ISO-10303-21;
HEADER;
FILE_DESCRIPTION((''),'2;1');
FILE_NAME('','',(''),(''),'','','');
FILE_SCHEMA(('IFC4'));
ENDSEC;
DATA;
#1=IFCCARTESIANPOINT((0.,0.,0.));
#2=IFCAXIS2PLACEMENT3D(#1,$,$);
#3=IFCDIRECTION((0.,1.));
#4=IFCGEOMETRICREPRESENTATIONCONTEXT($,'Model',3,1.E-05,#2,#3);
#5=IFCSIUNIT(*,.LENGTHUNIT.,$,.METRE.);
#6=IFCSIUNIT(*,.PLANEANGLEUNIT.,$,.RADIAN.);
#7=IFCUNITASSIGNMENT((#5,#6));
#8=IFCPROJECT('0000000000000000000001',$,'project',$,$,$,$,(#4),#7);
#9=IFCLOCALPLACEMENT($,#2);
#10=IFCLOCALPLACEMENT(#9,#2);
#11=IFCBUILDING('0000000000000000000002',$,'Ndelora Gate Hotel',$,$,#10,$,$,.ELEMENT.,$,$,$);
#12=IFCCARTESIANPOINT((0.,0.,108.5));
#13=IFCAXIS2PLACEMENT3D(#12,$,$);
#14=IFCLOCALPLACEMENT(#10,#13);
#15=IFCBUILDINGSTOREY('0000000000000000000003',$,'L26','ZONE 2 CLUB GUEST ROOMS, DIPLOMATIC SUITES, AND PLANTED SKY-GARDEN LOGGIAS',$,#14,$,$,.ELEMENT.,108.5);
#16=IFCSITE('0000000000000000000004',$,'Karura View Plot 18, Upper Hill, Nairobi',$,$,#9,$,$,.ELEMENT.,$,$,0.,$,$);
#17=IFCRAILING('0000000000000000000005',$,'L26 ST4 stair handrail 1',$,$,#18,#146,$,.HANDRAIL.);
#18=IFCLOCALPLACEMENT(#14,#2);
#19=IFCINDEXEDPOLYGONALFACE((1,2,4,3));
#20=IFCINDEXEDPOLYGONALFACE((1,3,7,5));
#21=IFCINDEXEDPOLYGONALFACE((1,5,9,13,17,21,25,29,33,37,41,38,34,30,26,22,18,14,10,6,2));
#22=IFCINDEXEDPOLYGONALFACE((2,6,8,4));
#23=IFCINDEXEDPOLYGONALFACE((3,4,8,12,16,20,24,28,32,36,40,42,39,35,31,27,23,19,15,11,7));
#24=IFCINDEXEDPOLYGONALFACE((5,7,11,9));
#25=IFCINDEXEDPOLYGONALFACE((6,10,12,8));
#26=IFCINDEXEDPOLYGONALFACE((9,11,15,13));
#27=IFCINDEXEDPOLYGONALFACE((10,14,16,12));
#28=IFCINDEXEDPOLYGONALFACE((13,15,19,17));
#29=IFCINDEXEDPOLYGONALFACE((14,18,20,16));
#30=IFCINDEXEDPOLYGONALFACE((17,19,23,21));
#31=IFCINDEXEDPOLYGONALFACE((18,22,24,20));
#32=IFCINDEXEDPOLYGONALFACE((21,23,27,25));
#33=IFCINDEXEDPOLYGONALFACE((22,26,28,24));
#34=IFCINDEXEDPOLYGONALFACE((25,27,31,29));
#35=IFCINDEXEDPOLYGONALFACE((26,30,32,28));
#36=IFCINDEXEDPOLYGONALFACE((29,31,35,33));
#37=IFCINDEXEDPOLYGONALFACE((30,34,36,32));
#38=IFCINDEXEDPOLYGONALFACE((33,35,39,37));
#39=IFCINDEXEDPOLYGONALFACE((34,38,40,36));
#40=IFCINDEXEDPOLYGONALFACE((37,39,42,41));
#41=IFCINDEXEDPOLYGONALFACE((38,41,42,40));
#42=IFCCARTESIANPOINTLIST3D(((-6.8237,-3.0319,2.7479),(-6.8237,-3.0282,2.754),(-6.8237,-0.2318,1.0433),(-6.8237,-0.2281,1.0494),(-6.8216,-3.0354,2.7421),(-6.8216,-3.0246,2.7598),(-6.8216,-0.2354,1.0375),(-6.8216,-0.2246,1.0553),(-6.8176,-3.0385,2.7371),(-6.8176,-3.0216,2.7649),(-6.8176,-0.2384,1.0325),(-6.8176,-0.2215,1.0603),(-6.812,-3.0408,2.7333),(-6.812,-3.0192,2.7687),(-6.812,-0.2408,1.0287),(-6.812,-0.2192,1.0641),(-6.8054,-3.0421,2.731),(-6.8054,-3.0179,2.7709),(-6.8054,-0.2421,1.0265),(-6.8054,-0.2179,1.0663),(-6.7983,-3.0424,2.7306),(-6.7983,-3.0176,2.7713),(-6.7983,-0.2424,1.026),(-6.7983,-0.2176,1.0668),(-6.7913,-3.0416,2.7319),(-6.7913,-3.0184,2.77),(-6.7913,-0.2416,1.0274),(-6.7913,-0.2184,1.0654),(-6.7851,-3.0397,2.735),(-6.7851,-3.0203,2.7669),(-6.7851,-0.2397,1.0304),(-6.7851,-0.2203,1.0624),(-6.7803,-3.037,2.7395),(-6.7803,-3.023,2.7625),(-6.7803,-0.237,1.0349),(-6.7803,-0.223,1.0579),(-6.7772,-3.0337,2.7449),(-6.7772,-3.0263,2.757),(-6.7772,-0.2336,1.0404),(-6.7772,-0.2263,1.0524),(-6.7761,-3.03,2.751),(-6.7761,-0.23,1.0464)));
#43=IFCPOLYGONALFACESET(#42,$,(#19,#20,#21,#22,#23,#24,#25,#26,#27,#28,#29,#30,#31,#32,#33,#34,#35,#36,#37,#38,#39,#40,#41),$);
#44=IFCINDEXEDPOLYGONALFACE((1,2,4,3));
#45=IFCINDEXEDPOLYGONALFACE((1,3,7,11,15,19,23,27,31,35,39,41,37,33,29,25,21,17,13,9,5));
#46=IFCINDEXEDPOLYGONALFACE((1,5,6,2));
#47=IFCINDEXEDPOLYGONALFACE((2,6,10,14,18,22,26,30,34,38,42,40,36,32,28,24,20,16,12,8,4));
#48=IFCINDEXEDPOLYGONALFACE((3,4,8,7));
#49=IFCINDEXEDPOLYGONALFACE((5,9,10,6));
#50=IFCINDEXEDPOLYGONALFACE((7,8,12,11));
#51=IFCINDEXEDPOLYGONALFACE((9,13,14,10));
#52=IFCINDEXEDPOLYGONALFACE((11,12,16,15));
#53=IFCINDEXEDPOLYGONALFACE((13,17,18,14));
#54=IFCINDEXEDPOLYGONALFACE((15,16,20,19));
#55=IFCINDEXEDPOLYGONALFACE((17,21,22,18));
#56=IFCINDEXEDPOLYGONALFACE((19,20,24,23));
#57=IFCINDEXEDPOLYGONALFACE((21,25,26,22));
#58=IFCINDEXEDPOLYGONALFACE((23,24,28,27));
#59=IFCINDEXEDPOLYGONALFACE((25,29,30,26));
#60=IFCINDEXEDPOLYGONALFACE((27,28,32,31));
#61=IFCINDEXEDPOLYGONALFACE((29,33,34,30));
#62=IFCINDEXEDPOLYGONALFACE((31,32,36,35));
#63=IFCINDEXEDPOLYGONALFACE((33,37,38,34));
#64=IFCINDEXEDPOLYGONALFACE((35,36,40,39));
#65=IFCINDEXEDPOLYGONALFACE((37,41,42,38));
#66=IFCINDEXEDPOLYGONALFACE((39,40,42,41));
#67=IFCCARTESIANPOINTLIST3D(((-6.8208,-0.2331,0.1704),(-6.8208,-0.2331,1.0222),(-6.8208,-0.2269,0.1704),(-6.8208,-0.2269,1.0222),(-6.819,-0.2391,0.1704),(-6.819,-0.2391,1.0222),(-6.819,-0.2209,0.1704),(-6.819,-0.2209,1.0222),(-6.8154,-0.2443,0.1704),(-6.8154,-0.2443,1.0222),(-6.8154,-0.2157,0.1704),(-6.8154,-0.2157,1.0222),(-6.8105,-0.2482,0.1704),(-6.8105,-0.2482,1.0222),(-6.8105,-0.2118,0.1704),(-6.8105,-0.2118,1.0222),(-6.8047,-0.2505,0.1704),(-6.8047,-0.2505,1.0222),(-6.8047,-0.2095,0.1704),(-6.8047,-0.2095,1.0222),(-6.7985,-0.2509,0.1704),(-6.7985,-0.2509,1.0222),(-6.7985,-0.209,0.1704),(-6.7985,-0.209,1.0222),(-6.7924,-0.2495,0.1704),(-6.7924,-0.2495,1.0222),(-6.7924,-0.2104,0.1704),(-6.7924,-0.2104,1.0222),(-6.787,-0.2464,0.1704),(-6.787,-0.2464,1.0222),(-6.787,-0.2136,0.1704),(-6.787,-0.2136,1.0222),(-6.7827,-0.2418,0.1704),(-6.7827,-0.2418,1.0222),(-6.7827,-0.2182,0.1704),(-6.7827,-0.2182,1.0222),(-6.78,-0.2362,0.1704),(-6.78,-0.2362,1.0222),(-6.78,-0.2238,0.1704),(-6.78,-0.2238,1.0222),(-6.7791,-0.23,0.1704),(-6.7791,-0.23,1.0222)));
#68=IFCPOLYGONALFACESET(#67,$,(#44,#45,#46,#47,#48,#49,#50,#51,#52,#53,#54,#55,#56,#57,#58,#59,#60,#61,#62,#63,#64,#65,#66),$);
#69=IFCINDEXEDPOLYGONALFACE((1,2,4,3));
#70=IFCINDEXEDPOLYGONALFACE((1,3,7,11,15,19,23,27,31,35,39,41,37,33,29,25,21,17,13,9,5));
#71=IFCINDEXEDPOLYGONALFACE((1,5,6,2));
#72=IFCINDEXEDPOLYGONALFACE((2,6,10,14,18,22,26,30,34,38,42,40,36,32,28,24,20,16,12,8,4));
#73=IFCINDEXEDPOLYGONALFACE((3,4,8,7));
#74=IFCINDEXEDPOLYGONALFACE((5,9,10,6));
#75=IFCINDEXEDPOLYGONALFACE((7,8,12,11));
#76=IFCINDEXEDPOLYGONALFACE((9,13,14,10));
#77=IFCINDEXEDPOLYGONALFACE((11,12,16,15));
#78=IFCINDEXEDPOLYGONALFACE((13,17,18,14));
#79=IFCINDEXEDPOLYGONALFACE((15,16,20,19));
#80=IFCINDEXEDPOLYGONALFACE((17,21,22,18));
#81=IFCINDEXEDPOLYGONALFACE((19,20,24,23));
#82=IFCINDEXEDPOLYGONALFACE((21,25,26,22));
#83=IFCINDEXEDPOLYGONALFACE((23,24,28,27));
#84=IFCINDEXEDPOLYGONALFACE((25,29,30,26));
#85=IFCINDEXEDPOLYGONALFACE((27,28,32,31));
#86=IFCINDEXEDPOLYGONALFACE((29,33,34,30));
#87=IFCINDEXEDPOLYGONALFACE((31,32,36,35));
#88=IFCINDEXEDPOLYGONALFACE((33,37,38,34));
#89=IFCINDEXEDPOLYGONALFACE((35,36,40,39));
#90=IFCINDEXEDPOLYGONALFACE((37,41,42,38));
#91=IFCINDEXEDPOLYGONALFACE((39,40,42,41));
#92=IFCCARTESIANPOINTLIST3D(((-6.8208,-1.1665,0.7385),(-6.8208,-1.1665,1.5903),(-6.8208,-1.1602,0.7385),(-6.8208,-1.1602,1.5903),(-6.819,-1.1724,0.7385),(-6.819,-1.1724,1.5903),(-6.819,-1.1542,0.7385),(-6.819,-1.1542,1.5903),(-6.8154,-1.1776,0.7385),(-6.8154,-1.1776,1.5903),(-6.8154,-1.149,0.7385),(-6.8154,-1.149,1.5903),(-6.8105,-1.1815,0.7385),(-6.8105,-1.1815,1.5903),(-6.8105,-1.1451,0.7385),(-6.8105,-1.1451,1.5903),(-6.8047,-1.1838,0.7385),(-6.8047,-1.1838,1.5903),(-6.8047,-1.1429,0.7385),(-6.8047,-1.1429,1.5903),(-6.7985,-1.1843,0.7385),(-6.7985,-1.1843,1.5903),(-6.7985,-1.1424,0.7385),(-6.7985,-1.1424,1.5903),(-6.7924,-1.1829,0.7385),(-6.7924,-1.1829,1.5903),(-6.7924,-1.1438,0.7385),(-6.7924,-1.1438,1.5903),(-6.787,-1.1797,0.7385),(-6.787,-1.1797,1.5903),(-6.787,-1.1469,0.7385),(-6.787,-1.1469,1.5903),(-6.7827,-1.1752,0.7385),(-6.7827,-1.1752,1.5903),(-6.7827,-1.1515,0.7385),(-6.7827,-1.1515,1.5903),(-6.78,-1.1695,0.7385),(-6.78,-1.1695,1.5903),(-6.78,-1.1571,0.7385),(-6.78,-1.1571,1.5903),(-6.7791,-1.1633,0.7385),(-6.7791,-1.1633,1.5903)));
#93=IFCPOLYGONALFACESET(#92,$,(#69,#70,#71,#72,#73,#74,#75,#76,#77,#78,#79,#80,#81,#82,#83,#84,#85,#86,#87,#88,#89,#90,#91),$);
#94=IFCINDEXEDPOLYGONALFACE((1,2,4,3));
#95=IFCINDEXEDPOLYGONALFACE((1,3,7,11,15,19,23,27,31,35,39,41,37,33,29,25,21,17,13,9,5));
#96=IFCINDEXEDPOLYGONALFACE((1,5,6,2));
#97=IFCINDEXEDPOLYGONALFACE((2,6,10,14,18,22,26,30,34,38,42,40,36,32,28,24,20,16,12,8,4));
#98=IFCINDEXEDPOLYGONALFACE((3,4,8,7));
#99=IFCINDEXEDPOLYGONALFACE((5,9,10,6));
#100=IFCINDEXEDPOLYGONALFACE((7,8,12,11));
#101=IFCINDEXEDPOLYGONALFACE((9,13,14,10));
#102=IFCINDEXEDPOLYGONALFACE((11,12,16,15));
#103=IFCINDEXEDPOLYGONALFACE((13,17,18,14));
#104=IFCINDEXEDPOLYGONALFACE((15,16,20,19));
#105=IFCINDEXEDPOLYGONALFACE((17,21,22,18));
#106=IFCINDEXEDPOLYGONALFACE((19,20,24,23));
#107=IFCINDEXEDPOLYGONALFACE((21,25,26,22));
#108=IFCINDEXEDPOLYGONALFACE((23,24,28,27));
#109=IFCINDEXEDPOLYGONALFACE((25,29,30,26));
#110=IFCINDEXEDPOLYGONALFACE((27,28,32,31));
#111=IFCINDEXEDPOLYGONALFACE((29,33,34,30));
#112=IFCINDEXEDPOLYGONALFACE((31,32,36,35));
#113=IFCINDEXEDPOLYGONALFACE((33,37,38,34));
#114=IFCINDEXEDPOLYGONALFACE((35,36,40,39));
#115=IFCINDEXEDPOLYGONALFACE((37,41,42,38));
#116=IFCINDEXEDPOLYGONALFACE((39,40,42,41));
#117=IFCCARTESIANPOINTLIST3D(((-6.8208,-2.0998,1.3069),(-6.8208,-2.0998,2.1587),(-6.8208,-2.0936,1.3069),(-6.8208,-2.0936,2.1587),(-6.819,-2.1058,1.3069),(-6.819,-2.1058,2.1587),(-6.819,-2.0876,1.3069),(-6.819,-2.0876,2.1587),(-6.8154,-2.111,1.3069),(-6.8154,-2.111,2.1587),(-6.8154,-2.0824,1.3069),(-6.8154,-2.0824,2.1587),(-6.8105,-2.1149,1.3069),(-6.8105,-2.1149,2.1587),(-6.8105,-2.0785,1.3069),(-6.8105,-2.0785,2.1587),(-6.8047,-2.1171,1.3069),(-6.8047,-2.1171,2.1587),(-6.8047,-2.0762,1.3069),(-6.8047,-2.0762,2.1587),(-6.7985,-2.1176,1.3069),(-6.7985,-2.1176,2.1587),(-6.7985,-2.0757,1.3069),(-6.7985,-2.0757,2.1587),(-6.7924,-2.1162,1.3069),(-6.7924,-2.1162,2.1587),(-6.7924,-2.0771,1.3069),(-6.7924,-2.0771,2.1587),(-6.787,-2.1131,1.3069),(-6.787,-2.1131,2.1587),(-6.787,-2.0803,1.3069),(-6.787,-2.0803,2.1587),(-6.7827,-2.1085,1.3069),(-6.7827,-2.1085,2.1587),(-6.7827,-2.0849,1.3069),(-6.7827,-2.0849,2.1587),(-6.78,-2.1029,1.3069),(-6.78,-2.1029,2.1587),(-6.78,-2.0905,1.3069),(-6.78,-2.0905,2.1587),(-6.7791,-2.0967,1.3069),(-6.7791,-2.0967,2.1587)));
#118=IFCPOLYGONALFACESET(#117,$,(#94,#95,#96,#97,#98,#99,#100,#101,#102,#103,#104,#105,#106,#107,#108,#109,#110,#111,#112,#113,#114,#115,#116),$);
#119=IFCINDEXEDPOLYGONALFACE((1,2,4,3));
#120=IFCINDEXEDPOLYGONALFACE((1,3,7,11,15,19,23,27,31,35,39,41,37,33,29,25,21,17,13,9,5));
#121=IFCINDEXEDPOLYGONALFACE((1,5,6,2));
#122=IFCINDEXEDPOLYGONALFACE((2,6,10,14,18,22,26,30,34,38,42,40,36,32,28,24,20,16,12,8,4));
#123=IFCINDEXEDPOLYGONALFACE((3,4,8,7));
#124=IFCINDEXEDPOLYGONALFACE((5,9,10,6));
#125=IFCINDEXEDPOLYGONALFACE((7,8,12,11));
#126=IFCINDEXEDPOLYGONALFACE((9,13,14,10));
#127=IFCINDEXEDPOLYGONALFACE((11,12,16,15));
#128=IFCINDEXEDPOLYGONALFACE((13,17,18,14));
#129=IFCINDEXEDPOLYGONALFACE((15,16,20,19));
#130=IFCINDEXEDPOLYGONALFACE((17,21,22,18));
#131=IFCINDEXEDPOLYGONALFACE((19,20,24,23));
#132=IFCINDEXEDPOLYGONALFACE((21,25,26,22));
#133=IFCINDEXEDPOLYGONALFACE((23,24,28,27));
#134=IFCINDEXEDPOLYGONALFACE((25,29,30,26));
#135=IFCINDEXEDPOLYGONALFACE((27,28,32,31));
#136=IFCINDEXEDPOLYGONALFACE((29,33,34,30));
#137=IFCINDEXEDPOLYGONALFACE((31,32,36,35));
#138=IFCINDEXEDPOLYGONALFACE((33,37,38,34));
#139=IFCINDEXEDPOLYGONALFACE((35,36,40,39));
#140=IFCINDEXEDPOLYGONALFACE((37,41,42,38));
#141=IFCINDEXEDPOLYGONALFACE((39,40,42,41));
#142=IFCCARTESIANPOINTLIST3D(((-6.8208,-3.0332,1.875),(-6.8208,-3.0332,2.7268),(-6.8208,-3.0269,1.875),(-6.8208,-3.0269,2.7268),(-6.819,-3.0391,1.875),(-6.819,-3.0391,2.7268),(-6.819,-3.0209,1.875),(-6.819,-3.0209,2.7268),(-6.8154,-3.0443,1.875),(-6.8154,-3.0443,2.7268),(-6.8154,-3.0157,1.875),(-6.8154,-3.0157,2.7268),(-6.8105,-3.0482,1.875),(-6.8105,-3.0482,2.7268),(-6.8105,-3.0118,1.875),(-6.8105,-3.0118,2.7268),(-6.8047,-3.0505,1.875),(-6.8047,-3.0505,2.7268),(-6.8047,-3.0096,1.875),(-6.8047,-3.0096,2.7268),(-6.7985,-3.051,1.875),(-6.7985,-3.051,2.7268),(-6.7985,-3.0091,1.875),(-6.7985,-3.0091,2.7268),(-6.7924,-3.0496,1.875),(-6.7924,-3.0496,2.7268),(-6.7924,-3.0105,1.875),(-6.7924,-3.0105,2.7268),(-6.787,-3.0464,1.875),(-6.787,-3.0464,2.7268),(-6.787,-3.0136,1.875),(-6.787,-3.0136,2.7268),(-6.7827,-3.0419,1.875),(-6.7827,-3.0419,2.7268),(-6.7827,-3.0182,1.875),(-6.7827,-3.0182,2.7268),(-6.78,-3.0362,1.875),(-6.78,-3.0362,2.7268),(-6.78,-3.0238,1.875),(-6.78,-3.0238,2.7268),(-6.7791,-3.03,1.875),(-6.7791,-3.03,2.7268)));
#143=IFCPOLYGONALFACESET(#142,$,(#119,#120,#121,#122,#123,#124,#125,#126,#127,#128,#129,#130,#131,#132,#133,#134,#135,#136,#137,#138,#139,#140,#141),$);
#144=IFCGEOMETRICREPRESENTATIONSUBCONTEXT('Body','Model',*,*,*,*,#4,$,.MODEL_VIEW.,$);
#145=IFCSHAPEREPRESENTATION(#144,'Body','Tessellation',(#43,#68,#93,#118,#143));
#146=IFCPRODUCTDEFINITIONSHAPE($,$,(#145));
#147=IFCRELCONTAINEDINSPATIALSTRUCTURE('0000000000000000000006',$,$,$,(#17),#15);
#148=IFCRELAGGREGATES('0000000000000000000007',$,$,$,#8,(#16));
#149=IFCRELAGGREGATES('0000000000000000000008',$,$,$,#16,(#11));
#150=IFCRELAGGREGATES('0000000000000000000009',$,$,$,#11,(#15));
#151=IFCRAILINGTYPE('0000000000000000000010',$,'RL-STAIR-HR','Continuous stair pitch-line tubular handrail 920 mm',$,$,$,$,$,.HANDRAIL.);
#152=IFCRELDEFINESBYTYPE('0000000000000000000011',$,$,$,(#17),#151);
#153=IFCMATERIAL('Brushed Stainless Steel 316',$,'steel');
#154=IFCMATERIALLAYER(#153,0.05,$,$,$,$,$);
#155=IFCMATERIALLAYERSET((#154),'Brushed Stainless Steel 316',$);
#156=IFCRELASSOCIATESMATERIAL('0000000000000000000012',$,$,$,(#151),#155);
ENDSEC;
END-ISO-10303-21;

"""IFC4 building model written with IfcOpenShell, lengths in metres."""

from ifc_helpers import new_model, si_unit, direction, frame, origin, origin_2d, place, context, subcontext, project, spatial, circle, extrude, material, layer, layer_set, type_object, element, save


model = new_model("IFC4")

# Units and contexts
model_context = context("Model", 3, precision=1e-05, world=origin(), true_north=direction((0.0, 1.0)))
body_context = subcontext(model_context, "Body", "Model", "MODEL_VIEW")
ifc_project = project(units=[si_unit("LENGTHUNIT", "METRE"), si_unit("PLANEANGLEUNIT", "RADIAN")], contexts=[model_context])

# Site, building, storey
site_placement = place(None, origin())
site = spatial("IfcSite", under=ifc_project, at=site_placement, Name="Karura View Plot 18, Upper Hill, Nairobi", CompositionType="ELEMENT", RefElevation=0.0)
building_placement = place(site_placement, origin())
building = spatial("IfcBuilding", under=site, at=building_placement, Name="Ndelora Gate Hotel", CompositionType="ELEMENT")
storey_placement = place(building_placement, frame((0.0, 0.0, 108.5)))
storey = spatial("IfcBuildingStorey", under=building, at=storey_placement, Name="L26", Description="ZONE 2 CLUB GUEST ROOMS, DIPLOMATIC SUITES, AND PLANTED SKY-GARDEN LOGGIAS", CompositionType="ELEMENT", Elevation=108.5)

# Railing
ifc_material_1 = material(Name="Brushed Stainless Steel 316", Category="steel")
ifc_layer_1 = layer(ifc_material_1, 0.05)
ifc_layer_set_1 = layer_set([ifc_layer_1], Name="Brushed Stainless Steel 316")
railing_type_1 = type_object("IfcRailingType", Name="RL-STAIR-HR", Description="Continuous stair pitch-line tubular handrail 920 mm", PredefinedType="HANDRAIL", material=ifc_layer_set_1)
railing_1_placement = place(storey_placement, frame((-6.8, -0.23, 0.1704)))
element("IfcRailing", 1, at=railing_1_placement, inside=storey, type_object=railing_type_1, Name="L26 ST4 stair handrail 1", PredefinedType="HANDRAIL", context=body_context, shape_type="SweptSolid", body=[
    extrude(circle(Radius=0.0239, at=origin_2d()), frame((0.0, 0.0, 0.876), z_axis=(0.0, -0.85417, 0.519994), x_axis=(1.0, 0.0, 0.0)), (0.0, 0.0, 1.0), 3.2781),
    extrude(circle(Radius=0.021, at=origin_2d()), origin(), (0.0, 0.0, 1.0), 0.8518),
    extrude(circle(Radius=0.021, at=origin_2d()), frame((0.0, -0.9333, 0.5681)), (0.0, 0.0, 1.0), 0.8518),
    extrude(circle(Radius=0.021, at=origin_2d()), frame((0.0, -1.8667, 1.1365)), (0.0, 0.0, 1.0), 0.8518),
    extrude(circle(Radius=0.021, at=origin_2d()), frame((0.0, -2.8, 1.7046)), (0.0, 0.0, 1.0), 0.8518),
])

save(model, "model.ifc")
